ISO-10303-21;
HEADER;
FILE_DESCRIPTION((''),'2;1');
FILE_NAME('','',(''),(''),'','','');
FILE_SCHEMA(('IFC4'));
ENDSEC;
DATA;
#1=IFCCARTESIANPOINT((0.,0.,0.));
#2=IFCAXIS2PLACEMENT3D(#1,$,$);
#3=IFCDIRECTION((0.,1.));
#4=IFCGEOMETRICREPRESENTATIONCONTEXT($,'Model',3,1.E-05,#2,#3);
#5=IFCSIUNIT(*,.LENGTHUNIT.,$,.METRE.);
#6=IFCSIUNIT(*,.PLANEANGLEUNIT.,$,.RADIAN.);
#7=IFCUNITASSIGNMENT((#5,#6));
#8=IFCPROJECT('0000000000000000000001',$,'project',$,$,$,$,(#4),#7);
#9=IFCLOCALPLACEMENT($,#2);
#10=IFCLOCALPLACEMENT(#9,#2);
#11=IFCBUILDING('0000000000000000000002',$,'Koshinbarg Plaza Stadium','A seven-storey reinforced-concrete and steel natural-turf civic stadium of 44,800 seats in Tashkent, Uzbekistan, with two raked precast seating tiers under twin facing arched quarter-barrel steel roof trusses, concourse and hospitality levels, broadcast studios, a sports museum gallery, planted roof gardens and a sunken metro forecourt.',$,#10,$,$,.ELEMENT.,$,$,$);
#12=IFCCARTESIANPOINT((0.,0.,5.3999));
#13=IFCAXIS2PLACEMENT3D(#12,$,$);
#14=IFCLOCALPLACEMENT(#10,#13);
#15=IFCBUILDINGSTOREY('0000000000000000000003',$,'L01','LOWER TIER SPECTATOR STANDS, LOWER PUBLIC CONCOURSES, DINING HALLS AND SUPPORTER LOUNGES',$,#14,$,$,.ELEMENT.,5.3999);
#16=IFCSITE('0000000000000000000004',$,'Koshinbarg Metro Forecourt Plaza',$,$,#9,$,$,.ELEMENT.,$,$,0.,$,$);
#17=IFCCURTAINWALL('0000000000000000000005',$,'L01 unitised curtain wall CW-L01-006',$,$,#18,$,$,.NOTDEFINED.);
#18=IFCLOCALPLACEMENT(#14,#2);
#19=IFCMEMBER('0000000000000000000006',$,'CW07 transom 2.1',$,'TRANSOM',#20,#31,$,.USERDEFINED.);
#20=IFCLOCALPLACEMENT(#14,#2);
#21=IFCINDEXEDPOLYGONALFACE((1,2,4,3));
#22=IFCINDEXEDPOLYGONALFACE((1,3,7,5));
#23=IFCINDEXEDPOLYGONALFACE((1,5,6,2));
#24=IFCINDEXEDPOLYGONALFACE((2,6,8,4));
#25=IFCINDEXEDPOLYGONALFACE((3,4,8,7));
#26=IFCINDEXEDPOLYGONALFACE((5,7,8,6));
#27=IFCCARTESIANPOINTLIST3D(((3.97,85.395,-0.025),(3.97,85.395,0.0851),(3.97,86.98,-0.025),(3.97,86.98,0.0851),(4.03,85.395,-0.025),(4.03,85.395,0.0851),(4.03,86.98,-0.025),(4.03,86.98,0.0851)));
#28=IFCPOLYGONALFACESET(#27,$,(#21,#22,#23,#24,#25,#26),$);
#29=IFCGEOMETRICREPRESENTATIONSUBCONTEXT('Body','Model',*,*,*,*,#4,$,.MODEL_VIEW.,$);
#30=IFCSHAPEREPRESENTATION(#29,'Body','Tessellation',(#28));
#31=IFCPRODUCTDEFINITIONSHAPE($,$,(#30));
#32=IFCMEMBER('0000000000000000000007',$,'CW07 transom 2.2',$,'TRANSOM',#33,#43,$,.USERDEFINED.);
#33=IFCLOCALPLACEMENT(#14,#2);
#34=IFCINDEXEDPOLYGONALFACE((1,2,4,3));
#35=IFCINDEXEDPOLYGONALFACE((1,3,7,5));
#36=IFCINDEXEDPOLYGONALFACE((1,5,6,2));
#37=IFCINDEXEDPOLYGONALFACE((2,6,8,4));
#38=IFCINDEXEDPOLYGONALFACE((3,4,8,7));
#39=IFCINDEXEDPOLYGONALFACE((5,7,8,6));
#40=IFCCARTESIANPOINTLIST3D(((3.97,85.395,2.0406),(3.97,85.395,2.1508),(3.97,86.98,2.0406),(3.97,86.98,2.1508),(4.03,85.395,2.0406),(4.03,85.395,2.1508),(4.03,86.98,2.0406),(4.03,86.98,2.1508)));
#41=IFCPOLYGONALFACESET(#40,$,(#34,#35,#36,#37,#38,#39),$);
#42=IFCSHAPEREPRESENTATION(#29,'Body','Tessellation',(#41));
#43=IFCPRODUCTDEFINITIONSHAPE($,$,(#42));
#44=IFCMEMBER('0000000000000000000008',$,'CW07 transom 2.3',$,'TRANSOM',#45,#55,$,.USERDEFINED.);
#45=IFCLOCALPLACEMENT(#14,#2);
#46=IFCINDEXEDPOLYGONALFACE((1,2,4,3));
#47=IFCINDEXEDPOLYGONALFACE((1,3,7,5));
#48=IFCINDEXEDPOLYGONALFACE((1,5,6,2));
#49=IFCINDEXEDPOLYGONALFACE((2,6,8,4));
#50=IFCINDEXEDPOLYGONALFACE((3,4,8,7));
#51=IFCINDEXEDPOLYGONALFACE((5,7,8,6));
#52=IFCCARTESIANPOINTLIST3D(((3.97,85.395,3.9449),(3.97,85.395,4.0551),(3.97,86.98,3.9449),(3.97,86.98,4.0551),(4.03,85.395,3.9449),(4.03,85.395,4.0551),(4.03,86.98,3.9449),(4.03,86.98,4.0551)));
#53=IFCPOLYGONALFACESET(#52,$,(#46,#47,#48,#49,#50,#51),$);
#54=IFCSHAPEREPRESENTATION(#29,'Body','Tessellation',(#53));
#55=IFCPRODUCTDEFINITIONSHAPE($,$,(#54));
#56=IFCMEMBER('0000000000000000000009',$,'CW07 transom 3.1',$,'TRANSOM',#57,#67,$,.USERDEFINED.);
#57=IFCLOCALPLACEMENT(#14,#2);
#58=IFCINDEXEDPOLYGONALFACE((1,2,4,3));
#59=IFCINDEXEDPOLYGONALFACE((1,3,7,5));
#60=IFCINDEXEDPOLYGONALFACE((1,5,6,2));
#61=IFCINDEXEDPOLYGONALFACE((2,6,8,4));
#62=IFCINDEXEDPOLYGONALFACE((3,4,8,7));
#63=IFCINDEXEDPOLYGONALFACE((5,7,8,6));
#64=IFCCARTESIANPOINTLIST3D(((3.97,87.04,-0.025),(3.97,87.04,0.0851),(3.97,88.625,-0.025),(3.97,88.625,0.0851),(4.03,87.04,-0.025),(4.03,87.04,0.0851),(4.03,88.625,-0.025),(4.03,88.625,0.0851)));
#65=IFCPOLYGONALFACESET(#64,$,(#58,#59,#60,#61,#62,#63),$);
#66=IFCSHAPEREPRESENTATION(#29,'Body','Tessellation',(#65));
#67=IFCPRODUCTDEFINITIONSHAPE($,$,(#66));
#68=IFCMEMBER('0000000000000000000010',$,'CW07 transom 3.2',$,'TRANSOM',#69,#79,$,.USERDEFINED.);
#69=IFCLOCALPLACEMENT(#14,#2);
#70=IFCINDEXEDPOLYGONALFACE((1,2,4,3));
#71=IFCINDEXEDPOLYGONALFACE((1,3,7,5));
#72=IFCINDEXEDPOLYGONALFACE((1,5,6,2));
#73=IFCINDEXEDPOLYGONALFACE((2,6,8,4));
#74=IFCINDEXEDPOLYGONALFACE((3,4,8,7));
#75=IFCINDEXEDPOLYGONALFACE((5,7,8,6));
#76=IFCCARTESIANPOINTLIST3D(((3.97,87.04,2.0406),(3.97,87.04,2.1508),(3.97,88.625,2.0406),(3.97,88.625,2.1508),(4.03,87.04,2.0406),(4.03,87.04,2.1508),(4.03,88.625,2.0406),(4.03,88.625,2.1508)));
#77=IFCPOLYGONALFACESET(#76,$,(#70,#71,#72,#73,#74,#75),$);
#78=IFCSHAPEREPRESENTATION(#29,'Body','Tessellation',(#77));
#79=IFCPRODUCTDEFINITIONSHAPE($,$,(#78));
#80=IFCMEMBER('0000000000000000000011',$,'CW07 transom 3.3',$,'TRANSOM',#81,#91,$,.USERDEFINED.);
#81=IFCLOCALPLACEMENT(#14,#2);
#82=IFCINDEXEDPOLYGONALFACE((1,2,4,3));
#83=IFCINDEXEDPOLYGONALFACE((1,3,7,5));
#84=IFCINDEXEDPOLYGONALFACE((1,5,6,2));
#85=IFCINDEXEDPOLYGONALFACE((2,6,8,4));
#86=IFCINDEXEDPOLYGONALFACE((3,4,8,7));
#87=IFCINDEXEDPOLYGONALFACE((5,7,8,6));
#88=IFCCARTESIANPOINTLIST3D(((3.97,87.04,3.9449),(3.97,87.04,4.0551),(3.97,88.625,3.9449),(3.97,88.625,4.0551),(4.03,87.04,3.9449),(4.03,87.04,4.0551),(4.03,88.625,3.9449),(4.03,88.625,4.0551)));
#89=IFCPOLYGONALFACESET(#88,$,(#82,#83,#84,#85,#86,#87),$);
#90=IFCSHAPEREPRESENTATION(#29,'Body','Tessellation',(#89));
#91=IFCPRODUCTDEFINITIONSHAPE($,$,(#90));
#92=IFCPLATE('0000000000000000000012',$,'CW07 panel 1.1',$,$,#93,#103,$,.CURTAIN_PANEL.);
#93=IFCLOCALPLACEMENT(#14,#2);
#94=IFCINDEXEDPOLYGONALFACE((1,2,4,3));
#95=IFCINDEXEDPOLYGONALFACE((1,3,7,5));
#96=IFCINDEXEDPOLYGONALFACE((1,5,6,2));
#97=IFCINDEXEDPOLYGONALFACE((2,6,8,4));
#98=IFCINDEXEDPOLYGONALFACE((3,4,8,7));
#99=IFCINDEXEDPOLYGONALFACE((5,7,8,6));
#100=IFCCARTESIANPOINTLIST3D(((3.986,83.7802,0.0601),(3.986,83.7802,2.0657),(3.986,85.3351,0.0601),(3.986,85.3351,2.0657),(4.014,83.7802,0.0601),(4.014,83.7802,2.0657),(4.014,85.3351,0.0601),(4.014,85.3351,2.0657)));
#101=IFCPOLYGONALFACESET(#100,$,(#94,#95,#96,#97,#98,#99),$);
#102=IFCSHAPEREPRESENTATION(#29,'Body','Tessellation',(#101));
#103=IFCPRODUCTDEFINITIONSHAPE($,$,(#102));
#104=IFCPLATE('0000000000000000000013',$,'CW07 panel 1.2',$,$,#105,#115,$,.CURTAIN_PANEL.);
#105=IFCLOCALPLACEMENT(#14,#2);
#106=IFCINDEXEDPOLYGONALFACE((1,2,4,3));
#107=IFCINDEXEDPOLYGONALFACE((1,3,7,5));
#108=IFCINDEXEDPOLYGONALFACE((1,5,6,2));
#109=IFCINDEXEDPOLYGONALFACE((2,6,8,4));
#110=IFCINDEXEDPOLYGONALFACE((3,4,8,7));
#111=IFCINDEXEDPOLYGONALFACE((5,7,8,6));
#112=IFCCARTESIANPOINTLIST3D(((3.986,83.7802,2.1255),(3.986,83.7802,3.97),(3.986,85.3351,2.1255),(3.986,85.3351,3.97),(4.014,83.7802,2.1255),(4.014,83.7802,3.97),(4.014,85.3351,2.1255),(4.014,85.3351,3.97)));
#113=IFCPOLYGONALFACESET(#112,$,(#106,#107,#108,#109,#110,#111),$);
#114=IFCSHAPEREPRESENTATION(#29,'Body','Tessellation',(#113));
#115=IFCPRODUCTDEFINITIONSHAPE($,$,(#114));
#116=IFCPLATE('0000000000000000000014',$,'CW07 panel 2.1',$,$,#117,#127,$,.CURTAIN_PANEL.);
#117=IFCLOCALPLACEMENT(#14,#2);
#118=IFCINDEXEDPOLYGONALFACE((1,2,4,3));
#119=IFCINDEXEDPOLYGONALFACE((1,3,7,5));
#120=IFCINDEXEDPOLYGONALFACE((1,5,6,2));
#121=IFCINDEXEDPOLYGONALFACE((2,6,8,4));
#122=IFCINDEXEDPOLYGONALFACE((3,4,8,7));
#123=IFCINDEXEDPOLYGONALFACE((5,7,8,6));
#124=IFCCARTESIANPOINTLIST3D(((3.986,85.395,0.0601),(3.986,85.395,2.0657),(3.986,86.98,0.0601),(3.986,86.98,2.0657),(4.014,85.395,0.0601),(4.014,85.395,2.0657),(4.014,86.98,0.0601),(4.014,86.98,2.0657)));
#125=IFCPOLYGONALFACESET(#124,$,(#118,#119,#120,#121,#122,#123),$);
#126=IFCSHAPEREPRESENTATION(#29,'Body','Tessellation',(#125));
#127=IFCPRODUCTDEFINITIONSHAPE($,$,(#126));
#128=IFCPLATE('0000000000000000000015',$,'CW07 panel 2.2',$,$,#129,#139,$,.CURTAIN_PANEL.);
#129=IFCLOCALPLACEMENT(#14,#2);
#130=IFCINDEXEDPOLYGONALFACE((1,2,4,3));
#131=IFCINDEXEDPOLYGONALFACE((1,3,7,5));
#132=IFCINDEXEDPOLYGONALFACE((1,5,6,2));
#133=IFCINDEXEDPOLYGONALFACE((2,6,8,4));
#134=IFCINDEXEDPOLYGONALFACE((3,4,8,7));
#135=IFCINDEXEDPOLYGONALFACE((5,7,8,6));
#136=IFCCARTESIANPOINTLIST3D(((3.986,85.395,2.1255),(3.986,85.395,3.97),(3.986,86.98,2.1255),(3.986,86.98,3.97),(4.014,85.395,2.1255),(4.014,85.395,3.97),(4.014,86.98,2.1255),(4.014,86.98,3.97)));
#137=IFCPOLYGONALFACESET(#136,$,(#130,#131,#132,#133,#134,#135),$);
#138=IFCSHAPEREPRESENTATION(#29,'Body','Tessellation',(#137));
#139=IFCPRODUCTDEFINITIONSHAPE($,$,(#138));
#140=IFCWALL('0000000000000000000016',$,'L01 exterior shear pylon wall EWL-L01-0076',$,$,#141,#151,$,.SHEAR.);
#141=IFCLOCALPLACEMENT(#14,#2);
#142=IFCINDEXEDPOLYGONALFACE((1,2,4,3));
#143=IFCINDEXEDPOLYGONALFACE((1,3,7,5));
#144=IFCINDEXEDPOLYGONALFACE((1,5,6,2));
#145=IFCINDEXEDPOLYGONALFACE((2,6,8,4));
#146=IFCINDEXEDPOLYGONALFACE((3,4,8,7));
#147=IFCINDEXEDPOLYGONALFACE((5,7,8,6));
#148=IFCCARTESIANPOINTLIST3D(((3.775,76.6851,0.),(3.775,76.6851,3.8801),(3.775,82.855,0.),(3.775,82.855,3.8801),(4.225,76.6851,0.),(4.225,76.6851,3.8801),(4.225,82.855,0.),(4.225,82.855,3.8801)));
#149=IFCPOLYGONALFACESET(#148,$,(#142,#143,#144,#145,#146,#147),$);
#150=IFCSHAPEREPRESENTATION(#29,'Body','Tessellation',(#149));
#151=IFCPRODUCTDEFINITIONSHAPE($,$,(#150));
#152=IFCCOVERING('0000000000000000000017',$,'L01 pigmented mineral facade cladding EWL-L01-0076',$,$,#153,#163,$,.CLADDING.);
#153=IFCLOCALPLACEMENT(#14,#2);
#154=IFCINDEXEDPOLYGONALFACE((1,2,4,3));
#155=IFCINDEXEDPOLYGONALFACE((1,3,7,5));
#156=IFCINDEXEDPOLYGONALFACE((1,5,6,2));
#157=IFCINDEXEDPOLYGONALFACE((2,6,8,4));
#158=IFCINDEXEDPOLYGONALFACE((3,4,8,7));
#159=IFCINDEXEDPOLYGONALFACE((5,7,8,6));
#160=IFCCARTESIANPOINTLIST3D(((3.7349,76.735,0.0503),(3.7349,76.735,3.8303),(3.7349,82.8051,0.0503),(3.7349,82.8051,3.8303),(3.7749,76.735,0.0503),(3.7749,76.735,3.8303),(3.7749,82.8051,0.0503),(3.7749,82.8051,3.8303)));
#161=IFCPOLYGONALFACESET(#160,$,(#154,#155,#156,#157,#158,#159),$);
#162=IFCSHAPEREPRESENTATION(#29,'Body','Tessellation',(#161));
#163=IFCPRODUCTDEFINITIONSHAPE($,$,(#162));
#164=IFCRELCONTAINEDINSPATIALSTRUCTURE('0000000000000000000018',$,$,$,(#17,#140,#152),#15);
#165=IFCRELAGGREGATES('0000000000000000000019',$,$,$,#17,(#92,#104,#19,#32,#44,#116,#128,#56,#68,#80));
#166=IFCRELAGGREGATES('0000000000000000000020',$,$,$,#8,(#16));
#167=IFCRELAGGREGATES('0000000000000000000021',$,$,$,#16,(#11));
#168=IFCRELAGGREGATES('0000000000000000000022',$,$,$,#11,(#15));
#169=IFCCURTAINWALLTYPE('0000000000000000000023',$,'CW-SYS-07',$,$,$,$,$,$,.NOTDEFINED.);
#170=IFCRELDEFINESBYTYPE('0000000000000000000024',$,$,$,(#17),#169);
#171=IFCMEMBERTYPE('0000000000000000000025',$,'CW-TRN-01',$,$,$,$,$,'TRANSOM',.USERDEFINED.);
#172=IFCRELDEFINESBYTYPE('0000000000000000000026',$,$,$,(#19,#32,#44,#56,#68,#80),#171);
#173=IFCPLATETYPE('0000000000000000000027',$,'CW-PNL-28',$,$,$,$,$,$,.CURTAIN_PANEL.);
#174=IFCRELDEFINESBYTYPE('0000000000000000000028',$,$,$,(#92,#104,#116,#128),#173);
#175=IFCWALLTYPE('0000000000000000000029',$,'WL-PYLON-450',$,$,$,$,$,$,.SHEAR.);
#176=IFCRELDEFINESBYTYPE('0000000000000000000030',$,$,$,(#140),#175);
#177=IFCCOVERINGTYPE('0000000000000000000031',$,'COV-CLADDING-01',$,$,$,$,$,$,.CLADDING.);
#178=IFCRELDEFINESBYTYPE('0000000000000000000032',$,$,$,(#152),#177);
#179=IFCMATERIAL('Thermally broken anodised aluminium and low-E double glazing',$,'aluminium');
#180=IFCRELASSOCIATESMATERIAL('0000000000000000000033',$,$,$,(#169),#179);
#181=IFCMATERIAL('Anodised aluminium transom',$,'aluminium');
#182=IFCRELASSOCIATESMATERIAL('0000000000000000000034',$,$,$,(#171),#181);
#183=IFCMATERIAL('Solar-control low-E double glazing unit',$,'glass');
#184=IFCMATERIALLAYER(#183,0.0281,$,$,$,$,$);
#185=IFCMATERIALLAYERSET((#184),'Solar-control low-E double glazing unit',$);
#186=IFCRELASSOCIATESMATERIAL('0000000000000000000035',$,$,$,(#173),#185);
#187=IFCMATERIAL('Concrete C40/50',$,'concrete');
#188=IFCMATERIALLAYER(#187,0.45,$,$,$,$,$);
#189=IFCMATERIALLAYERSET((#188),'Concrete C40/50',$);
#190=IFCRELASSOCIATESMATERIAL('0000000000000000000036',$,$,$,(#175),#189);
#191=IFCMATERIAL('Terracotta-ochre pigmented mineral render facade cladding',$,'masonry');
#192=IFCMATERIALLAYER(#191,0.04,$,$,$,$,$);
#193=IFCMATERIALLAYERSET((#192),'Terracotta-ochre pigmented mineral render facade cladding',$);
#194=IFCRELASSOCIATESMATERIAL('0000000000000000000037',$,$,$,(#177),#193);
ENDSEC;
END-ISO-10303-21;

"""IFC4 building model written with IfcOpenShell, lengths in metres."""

from ifc_helpers import new_model, si_unit, direction, frame, frame_2d, origin, origin_2d, place, context, subcontext, project, spatial, rectangle, extrude, material, layer, layer_set, material_profile, profile_set, type_object, element, aggregate, save


model = new_model("IFC4")

# Units and contexts
model_context = context("Model", 3, precision=1e-05, world=origin(), true_north=direction((0.0, 1.0)))
body_context = subcontext(model_context, "Body", "Model", "MODEL_VIEW")
ifc_project = project(units=[si_unit("LENGTHUNIT", "METRE"), si_unit("PLANEANGLEUNIT", "RADIAN")], contexts=[model_context])

# Site, building, storey
site_placement = place(None, origin())
site = spatial("IfcSite", under=ifc_project, at=site_placement, Name="Koshinbarg Metro Forecourt Plaza", CompositionType="ELEMENT", RefElevation=0.0)
building_placement = place(site_placement, origin())
building = spatial("IfcBuilding", under=site, at=building_placement, Name="Koshinbarg Plaza Stadium", Description="A seven-storey reinforced-concrete and steel natural-turf civic stadium of 44,800 seats in Tashkent, Uzbekistan, with two raked precast seating tiers under twin facing arched quarter-barrel steel roof trusses, concourse and hospitality levels, broadcast studios, a sports museum gallery, planted roof gardens and a sunken metro forecourt.", CompositionType="ELEMENT")
storey_placement = place(building_placement, frame((0.0, 0.0, 5.3999)))
storey = spatial("IfcBuildingStorey", under=building, at=storey_placement, Name="L01", Description="LOWER TIER SPECTATOR STANDS, LOWER PUBLIC CONCOURSES, DINING HALLS AND SUPPORTER LOUNGES", CompositionType="ELEMENT", Elevation=5.3999)

# Shared definitions
ifc_material_1 = material(Name="Concrete C40/50", Category="concrete")

# Curtain wall, members, plates
ifc_material_2 = material(Name="Thermally broken anodised aluminium and low-E double glazing", Category="aluminium")
curtain_wall_type = type_object("IfcCurtainWallType", Name="CW-SYS-07", PredefinedType="NOTDEFINED", material=ifc_material_2)
curtain_wall_placement = place(storey_placement, origin())
curtain_wall = element("IfcCurtainWall", 1, at=curtain_wall_placement, inside=storey, type_object=curtain_wall_type, Name="L01 unitised curtain wall CW-L01-006", PredefinedType="NOTDEFINED")
ifc_material_3 = material(Name="Anodised aluminium transom", Category="aluminium")
ifc_material_profile_1 = material_profile(ifc_material_3, rectangle(XDim=0.0601, YDim=0.1101, at=origin_2d()), Name="ALU 60x110")
ifc_profile_set_1 = profile_set([ifc_material_profile_1], Name="Anodised aluminium transom")
member_type_1 = type_object("IfcMemberType", Name="CW-TRN-01", ElementType="TRANSOM", PredefinedType="USERDEFINED", material=ifc_profile_set_1)
member_1_placement = place(storey_placement, frame((4.0, 85.395, 0.03), z_axis=(0.0, 1.0, 0.0), x_axis=(-1.0, 0.0, 0.0)))
member_1 = element("IfcMember", 2, at=member_1_placement, type_object=member_type_1, Name="CW07 transom 2.1", ObjectType="TRANSOM", PredefinedType="USERDEFINED", context=body_context, shape_type="SweptSolid", body=[
    extrude(rectangle(XDim=0.0601, YDim=0.1101, at=origin_2d()), origin(), (0.0, 0.0, 1.0), 1.585),
])
member_2_placement = place(storey_placement, frame((4.0, 85.395, 2.0957), z_axis=(0.0, 1.0, 0.0), x_axis=(-1.0, 0.0, 0.0)))
member_2 = element("IfcMember", 3, at=member_2_placement, type_object=member_type_1, Name="CW07 transom 2.2", ObjectType="TRANSOM", PredefinedType="USERDEFINED", context=body_context, shape_type="SweptSolid", body=[
    extrude(rectangle(XDim=0.0601, YDim=0.1101, at=origin_2d()), origin(), (0.0, 0.0, 1.0), 1.585),
])
member_3_placement = place(storey_placement, frame((4.0, 85.395, 4.0), z_axis=(0.0, 1.0, 0.0), x_axis=(-1.0, 0.0, 0.0)))
member_3 = element("IfcMember", 4, at=member_3_placement, type_object=member_type_1, Name="CW07 transom 2.3", ObjectType="TRANSOM", PredefinedType="USERDEFINED", context=body_context, shape_type="SweptSolid", body=[
    extrude(rectangle(XDim=0.0601, YDim=0.1101, at=origin_2d()), origin(), (0.0, 0.0, 1.0), 1.585),
])
member_4_placement = place(storey_placement, frame((4.0, 87.04, 0.03), z_axis=(0.0, 1.0, 0.0), x_axis=(-1.0, 0.0, 0.0)))
member_4 = element("IfcMember", 5, at=member_4_placement, type_object=member_type_1, Name="CW07 transom 3.1", ObjectType="TRANSOM", PredefinedType="USERDEFINED", context=body_context, shape_type="SweptSolid", body=[
    extrude(rectangle(XDim=0.0601, YDim=0.1101, at=origin_2d()), origin(), (0.0, 0.0, 1.0), 1.585),
])
member_5_placement = place(storey_placement, frame((4.0, 87.04, 2.0957), z_axis=(0.0, 1.0, 0.0), x_axis=(-1.0, 0.0, 0.0)))
member_5 = element("IfcMember", 6, at=member_5_placement, type_object=member_type_1, Name="CW07 transom 3.2", ObjectType="TRANSOM", PredefinedType="USERDEFINED", context=body_context, shape_type="SweptSolid", body=[
    extrude(rectangle(XDim=0.0601, YDim=0.1101, at=origin_2d()), origin(), (0.0, 0.0, 1.0), 1.585),
])
member_6_placement = place(storey_placement, frame((4.0, 87.04, 4.0), z_axis=(0.0, 1.0, 0.0), x_axis=(-1.0, 0.0, 0.0)))
member_6 = element("IfcMember", 7, at=member_6_placement, type_object=member_type_1, Name="CW07 transom 3.3", ObjectType="TRANSOM", PredefinedType="USERDEFINED", context=body_context, shape_type="SweptSolid", body=[
    extrude(rectangle(XDim=0.0601, YDim=0.1101, at=origin_2d()), origin(), (0.0, 0.0, 1.0), 1.585),
])
ifc_material_4 = material(Name="Solar-control low-E double glazing unit", Category="glass")
ifc_layer_1 = layer(ifc_material_4, 0.0281)
ifc_layer_set_1 = layer_set([ifc_layer_1], Name="Solar-control low-E double glazing unit")
plate_type = type_object("IfcPlateType", Name="CW-PNL-28", PredefinedType="CURTAIN_PANEL", material=ifc_layer_set_1)
plate_1_placement = place(storey_placement, frame((4.0, 84.5576, 0.0601), z_axis=(0.0, 0.0, 1.0), x_axis=(0.0, 1.0, 0.0)))
plate_1 = element("IfcPlate", 8, at=plate_1_placement, type_object=plate_type, Name="CW07 panel 1.1", PredefinedType="CURTAIN_PANEL", context=body_context, shape_type="SweptSolid", body=[
    extrude(rectangle(XDim=1.5549, YDim=0.0281, at=origin_2d()), origin(), (0.0, 0.0, 1.0), 2.0056),
])
plate_2_placement = place(storey_placement, frame((4.0, 84.5576, 2.1255), z_axis=(0.0, 0.0, 1.0), x_axis=(0.0, 1.0, 0.0)))
plate_2 = element("IfcPlate", 9, at=plate_2_placement, type_object=plate_type, Name="CW07 panel 1.2", PredefinedType="CURTAIN_PANEL", context=body_context, shape_type="SweptSolid", body=[
    extrude(rectangle(XDim=1.5549, YDim=0.0281, at=origin_2d()), origin(), (0.0, 0.0, 1.0), 1.8445),
])
plate_3_placement = place(storey_placement, frame((4.0, 86.1875, 0.0601), z_axis=(0.0, 0.0, 1.0), x_axis=(0.0, 1.0, 0.0)))
plate_3 = element("IfcPlate", 10, at=plate_3_placement, type_object=plate_type, Name="CW07 panel 2.1", PredefinedType="CURTAIN_PANEL", context=body_context, shape_type="SweptSolid", body=[
    extrude(rectangle(XDim=1.585, YDim=0.0281, at=origin_2d()), origin(), (0.0, 0.0, 1.0), 2.0056),
])
plate_4_placement = place(storey_placement, frame((4.0, 86.1875, 2.1255), z_axis=(0.0, 0.0, 1.0), x_axis=(0.0, 1.0, 0.0)))
plate_4 = element("IfcPlate", 11, at=plate_4_placement, type_object=plate_type, Name="CW07 panel 2.2", PredefinedType="CURTAIN_PANEL", context=body_context, shape_type="SweptSolid", body=[
    extrude(rectangle(XDim=1.585, YDim=0.0281, at=origin_2d()), origin(), (0.0, 0.0, 1.0), 1.8445),
])
aggregate(curtain_wall, [plate_1, plate_2, member_1, member_2, member_3, plate_3, plate_4, member_4, member_5, member_6])

# Wall
ifc_layer_2 = layer(ifc_material_1, 0.45)
ifc_layer_set_2 = layer_set([ifc_layer_2], Name="Concrete C40/50")
wall_type = type_object("IfcWallType", Name="WL-PYLON-450", PredefinedType="SHEAR", material=ifc_layer_set_2)
wall_placement = place(storey_placement, frame((4.0, 76.6851, 0.0), z_axis=(0.0, 0.0, 1.0), x_axis=(0.0, 1.0, 0.0)))
element("IfcWall", 12, at=wall_placement, inside=storey, type_object=wall_type, Name="L01 exterior shear pylon wall EWL-L01-0076", PredefinedType="SHEAR", context=body_context, shape_type="SweptSolid", body=[
    extrude(rectangle(XDim=6.1699, YDim=0.45, at=frame_2d((3.085, 0.0))), origin(), (0.0, 0.0, 1.0), 3.8801),
])

# Covering
ifc_material_5 = material(Name="Terracotta-ochre pigmented mineral render facade cladding", Category="masonry")
ifc_layer_3 = layer(ifc_material_5, 0.04)
ifc_layer_set_3 = layer_set([ifc_layer_3], Name="Terracotta-ochre pigmented mineral render facade cladding")
covering_type = type_object("IfcCoveringType", Name="COV-CLADDING-01", PredefinedType="CLADDING", material=ifc_layer_set_3)
covering_placement = place(storey_placement, frame((3.7549, 79.77, 0.0503), z_axis=(0.0, 0.0, 1.0), x_axis=(0.0, 1.0, 0.0)))
element("IfcCovering", 13, at=covering_placement, inside=storey, type_object=covering_type, Name="L01 pigmented mineral facade cladding EWL-L01-0076", PredefinedType="CLADDING", context=body_context, shape_type="SweptSolid", body=[
    extrude(rectangle(XDim=6.0701, YDim=0.04, at=origin_2d()), origin(), (0.0, 0.0, 1.0), 3.78),
])

save(model, "model.ifc")
